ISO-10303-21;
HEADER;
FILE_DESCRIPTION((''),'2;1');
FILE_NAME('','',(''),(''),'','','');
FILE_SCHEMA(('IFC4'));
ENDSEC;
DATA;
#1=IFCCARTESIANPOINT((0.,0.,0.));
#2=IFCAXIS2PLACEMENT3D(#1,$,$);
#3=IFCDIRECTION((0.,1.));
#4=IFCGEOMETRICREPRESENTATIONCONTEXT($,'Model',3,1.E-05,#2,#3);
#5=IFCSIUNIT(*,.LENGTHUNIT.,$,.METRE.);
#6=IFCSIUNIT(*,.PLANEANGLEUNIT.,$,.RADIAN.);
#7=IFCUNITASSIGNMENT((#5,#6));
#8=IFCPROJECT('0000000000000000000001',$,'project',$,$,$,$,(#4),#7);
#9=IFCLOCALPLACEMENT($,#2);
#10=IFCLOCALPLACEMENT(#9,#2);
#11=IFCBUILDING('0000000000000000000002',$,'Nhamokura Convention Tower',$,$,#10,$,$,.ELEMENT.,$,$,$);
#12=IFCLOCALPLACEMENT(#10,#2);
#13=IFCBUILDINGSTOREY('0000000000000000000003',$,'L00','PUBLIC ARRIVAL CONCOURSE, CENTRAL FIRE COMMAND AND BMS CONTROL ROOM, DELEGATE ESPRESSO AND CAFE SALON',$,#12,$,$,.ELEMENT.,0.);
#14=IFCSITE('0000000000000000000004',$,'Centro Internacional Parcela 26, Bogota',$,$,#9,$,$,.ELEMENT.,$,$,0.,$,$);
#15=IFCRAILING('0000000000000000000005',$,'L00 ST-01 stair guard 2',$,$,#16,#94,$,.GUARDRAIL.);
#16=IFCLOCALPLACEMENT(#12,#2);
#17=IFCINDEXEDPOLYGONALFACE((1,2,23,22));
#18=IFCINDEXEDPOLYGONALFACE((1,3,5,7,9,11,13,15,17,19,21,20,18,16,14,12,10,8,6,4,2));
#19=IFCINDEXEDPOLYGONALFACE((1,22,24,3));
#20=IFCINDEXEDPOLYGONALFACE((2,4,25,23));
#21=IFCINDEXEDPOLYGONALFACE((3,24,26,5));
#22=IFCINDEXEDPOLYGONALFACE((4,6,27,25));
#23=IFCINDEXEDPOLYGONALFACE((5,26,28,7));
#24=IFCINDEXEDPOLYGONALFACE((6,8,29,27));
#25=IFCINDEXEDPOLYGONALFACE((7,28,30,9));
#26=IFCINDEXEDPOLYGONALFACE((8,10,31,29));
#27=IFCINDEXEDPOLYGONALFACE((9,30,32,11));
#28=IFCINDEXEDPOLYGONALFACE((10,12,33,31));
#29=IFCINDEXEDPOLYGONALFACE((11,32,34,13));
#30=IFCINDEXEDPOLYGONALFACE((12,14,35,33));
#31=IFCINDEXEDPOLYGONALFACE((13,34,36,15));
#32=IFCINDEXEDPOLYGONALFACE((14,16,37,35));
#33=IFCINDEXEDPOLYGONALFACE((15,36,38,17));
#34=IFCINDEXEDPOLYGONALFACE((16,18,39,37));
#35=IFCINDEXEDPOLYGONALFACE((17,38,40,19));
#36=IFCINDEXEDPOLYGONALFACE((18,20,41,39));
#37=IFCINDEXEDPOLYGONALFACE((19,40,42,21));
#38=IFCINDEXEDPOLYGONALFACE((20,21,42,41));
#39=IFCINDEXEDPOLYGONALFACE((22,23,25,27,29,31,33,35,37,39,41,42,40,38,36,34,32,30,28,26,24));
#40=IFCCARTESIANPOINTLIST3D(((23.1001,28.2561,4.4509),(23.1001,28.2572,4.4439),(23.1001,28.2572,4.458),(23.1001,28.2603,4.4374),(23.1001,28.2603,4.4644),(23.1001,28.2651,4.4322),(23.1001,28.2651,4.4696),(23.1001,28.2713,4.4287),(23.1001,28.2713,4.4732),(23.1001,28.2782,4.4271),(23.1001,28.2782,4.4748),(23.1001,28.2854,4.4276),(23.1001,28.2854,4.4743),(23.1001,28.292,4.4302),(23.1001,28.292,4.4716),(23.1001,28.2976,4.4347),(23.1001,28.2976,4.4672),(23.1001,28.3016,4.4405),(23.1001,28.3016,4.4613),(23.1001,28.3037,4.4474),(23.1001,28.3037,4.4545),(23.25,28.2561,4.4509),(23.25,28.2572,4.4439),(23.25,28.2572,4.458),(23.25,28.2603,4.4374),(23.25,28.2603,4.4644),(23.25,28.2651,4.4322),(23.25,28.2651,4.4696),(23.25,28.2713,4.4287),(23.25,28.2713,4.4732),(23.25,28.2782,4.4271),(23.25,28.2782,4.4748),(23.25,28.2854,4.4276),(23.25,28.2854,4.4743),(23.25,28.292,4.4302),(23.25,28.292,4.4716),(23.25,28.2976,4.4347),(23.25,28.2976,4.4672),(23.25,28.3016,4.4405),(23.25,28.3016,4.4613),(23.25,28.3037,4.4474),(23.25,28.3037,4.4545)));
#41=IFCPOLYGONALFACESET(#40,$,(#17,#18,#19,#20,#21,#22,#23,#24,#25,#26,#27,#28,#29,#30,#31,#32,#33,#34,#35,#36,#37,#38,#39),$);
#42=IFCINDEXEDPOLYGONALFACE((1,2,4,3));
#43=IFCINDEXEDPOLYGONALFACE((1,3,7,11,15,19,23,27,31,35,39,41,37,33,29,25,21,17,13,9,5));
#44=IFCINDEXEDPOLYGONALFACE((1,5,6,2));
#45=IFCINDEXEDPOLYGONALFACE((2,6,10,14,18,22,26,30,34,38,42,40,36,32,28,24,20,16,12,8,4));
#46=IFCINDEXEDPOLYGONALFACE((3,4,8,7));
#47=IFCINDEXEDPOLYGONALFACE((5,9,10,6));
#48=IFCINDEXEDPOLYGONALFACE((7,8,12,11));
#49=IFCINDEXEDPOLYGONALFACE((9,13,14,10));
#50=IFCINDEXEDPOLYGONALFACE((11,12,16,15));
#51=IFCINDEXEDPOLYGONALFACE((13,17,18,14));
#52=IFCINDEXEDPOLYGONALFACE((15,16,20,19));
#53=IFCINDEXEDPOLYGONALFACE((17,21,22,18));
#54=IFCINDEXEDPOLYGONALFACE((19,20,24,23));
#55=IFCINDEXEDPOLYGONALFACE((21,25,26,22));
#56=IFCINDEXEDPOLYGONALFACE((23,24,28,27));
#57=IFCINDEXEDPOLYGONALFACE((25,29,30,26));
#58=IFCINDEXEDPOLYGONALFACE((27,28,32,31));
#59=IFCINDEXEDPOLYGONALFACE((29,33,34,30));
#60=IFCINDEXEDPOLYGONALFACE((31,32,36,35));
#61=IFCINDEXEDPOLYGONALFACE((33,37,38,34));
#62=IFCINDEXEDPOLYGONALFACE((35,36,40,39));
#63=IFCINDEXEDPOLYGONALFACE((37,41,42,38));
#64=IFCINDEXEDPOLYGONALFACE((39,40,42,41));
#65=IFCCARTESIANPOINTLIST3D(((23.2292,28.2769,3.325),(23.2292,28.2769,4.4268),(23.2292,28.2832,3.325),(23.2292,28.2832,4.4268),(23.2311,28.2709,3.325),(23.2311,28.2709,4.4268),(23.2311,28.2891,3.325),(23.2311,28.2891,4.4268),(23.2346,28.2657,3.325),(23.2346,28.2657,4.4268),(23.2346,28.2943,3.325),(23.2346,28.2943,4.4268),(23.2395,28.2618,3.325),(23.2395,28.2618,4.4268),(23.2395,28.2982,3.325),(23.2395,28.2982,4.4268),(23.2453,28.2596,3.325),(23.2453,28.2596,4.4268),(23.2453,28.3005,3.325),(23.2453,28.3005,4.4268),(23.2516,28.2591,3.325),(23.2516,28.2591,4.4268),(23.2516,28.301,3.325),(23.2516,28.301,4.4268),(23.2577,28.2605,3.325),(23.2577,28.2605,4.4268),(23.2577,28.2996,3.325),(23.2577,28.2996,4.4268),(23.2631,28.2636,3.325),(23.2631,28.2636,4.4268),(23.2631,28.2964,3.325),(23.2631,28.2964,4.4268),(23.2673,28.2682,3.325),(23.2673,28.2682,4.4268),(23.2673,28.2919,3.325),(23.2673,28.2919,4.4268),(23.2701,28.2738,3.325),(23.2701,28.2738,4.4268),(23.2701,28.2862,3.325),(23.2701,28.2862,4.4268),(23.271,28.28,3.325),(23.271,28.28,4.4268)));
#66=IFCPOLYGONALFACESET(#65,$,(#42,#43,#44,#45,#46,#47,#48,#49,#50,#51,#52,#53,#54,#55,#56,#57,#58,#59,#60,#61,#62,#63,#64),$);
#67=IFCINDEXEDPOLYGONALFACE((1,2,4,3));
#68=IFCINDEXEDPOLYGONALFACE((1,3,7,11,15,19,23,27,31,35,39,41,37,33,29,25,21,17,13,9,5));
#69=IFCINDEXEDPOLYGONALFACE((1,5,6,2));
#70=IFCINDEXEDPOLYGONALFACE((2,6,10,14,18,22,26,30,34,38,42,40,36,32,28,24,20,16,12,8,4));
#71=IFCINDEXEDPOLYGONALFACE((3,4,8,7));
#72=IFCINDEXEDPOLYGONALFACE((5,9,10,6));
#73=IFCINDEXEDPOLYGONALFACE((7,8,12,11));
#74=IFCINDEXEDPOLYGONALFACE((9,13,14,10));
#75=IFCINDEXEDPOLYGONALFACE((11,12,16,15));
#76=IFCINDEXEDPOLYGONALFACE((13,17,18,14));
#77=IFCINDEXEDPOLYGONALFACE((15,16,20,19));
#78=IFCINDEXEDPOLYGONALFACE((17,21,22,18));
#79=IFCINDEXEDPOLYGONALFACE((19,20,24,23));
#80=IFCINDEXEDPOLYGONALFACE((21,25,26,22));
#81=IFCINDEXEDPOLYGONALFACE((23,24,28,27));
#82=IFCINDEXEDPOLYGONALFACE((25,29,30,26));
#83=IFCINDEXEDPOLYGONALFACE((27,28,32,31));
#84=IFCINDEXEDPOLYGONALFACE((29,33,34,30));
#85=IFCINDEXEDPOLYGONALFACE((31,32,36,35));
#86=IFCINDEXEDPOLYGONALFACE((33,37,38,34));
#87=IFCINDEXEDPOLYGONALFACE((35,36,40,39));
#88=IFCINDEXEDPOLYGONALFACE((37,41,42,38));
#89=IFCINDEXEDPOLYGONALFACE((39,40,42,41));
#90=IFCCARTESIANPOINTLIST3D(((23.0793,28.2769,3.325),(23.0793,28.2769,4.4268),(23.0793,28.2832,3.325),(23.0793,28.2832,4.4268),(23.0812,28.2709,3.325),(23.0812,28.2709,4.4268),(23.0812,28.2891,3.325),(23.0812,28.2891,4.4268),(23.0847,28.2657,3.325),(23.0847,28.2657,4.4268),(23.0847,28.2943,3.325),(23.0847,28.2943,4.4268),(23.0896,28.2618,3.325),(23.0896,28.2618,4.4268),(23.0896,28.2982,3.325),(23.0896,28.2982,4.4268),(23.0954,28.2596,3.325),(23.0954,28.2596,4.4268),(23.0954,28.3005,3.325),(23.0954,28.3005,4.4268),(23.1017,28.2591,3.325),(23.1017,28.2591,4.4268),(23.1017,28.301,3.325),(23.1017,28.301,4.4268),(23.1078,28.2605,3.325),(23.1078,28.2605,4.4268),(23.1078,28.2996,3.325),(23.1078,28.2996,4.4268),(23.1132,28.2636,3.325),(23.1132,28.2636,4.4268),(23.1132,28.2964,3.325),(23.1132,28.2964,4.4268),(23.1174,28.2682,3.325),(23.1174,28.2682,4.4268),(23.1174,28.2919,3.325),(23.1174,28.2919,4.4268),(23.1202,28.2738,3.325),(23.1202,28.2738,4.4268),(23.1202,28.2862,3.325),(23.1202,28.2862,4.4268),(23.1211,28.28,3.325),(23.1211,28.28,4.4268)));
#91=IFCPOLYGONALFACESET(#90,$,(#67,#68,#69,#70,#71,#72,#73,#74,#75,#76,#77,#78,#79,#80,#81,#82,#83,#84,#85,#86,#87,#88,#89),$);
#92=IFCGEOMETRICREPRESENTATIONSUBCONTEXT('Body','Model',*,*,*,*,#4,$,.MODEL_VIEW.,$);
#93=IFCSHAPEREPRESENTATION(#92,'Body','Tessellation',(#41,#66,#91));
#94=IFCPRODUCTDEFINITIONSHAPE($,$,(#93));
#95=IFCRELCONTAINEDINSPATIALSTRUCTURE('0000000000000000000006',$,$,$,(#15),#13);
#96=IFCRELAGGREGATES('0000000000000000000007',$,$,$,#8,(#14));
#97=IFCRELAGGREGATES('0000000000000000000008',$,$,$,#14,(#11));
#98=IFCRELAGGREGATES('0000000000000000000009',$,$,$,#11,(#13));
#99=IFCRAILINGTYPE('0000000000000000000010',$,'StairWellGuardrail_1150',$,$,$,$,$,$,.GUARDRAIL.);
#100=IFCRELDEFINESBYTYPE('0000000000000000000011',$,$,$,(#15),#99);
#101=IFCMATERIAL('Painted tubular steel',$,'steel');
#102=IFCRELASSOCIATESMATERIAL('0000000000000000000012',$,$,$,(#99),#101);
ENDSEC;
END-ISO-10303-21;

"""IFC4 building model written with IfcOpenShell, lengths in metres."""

from ifc_helpers import new_model, si_unit, direction, frame, origin, origin_2d, place, context, subcontext, project, spatial, circle, extrude, material, type_object, element, save


model = new_model("IFC4")

# Units and contexts
model_context = context("Model", 3, precision=1e-05, world=origin(), true_north=direction((0.0, 1.0)))
body_context = subcontext(model_context, "Body", "Model", "MODEL_VIEW")
ifc_project = project(units=[si_unit("LENGTHUNIT", "METRE"), si_unit("PLANEANGLEUNIT", "RADIAN")], contexts=[model_context])

# Site, building, storey
site_placement = place(None, origin())
site = spatial("IfcSite", under=ifc_project, at=site_placement, Name="Centro Internacional Parcela 26, Bogota", CompositionType="ELEMENT", RefElevation=0.0)
building_placement = place(site_placement, origin())
building = spatial("IfcBuilding", under=site, at=building_placement, Name="Nhamokura Convention Tower", CompositionType="ELEMENT")
storey_placement = place(building_placement, origin())
storey = spatial("IfcBuildingStorey", under=building, at=storey_placement, Name="L00", Description="PUBLIC ARRIVAL CONCOURSE, CENTRAL FIRE COMMAND AND BMS CONTROL ROOM, DELEGATE ESPRESSO AND CAFE SALON", CompositionType="ELEMENT", Elevation=0.0)

# Railing
ifc_material_1 = material(Name="Painted tubular steel", Category="steel")
railing_type_1 = type_object("IfcRailingType", Name="StairWellGuardrail_1150", PredefinedType="GUARDRAIL", material=ifc_material_1)
railing_1_placement = place(storey_placement, frame((23.25, 28.28, 3.325)))
element("IfcRailing", 1, at=railing_1_placement, inside=storey, type_object=railing_type_1, Name="L00 ST-01 stair guard 2", PredefinedType="GUARDRAIL", context=body_context, shape_type="SweptSolid", body=[
    extrude(circle(Radius=0.0239, at=origin_2d()), frame((0.0, 0.0, 1.126), z_axis=(-1.0, 0.0, 0.0), x_axis=(0.0, -1.0, 0.0)), (0.0, 0.0, 1.0), 0.1499),
    extrude(circle(Radius=0.021, at=origin_2d()), origin(), (0.0, 0.0, 1.0), 1.1018),
    extrude(circle(Radius=0.021, at=origin_2d()), frame((-0.1499, 0.0, 0.0)), (0.0, 0.0, 1.0), 1.1018),
])

save(model, "model.ifc")
